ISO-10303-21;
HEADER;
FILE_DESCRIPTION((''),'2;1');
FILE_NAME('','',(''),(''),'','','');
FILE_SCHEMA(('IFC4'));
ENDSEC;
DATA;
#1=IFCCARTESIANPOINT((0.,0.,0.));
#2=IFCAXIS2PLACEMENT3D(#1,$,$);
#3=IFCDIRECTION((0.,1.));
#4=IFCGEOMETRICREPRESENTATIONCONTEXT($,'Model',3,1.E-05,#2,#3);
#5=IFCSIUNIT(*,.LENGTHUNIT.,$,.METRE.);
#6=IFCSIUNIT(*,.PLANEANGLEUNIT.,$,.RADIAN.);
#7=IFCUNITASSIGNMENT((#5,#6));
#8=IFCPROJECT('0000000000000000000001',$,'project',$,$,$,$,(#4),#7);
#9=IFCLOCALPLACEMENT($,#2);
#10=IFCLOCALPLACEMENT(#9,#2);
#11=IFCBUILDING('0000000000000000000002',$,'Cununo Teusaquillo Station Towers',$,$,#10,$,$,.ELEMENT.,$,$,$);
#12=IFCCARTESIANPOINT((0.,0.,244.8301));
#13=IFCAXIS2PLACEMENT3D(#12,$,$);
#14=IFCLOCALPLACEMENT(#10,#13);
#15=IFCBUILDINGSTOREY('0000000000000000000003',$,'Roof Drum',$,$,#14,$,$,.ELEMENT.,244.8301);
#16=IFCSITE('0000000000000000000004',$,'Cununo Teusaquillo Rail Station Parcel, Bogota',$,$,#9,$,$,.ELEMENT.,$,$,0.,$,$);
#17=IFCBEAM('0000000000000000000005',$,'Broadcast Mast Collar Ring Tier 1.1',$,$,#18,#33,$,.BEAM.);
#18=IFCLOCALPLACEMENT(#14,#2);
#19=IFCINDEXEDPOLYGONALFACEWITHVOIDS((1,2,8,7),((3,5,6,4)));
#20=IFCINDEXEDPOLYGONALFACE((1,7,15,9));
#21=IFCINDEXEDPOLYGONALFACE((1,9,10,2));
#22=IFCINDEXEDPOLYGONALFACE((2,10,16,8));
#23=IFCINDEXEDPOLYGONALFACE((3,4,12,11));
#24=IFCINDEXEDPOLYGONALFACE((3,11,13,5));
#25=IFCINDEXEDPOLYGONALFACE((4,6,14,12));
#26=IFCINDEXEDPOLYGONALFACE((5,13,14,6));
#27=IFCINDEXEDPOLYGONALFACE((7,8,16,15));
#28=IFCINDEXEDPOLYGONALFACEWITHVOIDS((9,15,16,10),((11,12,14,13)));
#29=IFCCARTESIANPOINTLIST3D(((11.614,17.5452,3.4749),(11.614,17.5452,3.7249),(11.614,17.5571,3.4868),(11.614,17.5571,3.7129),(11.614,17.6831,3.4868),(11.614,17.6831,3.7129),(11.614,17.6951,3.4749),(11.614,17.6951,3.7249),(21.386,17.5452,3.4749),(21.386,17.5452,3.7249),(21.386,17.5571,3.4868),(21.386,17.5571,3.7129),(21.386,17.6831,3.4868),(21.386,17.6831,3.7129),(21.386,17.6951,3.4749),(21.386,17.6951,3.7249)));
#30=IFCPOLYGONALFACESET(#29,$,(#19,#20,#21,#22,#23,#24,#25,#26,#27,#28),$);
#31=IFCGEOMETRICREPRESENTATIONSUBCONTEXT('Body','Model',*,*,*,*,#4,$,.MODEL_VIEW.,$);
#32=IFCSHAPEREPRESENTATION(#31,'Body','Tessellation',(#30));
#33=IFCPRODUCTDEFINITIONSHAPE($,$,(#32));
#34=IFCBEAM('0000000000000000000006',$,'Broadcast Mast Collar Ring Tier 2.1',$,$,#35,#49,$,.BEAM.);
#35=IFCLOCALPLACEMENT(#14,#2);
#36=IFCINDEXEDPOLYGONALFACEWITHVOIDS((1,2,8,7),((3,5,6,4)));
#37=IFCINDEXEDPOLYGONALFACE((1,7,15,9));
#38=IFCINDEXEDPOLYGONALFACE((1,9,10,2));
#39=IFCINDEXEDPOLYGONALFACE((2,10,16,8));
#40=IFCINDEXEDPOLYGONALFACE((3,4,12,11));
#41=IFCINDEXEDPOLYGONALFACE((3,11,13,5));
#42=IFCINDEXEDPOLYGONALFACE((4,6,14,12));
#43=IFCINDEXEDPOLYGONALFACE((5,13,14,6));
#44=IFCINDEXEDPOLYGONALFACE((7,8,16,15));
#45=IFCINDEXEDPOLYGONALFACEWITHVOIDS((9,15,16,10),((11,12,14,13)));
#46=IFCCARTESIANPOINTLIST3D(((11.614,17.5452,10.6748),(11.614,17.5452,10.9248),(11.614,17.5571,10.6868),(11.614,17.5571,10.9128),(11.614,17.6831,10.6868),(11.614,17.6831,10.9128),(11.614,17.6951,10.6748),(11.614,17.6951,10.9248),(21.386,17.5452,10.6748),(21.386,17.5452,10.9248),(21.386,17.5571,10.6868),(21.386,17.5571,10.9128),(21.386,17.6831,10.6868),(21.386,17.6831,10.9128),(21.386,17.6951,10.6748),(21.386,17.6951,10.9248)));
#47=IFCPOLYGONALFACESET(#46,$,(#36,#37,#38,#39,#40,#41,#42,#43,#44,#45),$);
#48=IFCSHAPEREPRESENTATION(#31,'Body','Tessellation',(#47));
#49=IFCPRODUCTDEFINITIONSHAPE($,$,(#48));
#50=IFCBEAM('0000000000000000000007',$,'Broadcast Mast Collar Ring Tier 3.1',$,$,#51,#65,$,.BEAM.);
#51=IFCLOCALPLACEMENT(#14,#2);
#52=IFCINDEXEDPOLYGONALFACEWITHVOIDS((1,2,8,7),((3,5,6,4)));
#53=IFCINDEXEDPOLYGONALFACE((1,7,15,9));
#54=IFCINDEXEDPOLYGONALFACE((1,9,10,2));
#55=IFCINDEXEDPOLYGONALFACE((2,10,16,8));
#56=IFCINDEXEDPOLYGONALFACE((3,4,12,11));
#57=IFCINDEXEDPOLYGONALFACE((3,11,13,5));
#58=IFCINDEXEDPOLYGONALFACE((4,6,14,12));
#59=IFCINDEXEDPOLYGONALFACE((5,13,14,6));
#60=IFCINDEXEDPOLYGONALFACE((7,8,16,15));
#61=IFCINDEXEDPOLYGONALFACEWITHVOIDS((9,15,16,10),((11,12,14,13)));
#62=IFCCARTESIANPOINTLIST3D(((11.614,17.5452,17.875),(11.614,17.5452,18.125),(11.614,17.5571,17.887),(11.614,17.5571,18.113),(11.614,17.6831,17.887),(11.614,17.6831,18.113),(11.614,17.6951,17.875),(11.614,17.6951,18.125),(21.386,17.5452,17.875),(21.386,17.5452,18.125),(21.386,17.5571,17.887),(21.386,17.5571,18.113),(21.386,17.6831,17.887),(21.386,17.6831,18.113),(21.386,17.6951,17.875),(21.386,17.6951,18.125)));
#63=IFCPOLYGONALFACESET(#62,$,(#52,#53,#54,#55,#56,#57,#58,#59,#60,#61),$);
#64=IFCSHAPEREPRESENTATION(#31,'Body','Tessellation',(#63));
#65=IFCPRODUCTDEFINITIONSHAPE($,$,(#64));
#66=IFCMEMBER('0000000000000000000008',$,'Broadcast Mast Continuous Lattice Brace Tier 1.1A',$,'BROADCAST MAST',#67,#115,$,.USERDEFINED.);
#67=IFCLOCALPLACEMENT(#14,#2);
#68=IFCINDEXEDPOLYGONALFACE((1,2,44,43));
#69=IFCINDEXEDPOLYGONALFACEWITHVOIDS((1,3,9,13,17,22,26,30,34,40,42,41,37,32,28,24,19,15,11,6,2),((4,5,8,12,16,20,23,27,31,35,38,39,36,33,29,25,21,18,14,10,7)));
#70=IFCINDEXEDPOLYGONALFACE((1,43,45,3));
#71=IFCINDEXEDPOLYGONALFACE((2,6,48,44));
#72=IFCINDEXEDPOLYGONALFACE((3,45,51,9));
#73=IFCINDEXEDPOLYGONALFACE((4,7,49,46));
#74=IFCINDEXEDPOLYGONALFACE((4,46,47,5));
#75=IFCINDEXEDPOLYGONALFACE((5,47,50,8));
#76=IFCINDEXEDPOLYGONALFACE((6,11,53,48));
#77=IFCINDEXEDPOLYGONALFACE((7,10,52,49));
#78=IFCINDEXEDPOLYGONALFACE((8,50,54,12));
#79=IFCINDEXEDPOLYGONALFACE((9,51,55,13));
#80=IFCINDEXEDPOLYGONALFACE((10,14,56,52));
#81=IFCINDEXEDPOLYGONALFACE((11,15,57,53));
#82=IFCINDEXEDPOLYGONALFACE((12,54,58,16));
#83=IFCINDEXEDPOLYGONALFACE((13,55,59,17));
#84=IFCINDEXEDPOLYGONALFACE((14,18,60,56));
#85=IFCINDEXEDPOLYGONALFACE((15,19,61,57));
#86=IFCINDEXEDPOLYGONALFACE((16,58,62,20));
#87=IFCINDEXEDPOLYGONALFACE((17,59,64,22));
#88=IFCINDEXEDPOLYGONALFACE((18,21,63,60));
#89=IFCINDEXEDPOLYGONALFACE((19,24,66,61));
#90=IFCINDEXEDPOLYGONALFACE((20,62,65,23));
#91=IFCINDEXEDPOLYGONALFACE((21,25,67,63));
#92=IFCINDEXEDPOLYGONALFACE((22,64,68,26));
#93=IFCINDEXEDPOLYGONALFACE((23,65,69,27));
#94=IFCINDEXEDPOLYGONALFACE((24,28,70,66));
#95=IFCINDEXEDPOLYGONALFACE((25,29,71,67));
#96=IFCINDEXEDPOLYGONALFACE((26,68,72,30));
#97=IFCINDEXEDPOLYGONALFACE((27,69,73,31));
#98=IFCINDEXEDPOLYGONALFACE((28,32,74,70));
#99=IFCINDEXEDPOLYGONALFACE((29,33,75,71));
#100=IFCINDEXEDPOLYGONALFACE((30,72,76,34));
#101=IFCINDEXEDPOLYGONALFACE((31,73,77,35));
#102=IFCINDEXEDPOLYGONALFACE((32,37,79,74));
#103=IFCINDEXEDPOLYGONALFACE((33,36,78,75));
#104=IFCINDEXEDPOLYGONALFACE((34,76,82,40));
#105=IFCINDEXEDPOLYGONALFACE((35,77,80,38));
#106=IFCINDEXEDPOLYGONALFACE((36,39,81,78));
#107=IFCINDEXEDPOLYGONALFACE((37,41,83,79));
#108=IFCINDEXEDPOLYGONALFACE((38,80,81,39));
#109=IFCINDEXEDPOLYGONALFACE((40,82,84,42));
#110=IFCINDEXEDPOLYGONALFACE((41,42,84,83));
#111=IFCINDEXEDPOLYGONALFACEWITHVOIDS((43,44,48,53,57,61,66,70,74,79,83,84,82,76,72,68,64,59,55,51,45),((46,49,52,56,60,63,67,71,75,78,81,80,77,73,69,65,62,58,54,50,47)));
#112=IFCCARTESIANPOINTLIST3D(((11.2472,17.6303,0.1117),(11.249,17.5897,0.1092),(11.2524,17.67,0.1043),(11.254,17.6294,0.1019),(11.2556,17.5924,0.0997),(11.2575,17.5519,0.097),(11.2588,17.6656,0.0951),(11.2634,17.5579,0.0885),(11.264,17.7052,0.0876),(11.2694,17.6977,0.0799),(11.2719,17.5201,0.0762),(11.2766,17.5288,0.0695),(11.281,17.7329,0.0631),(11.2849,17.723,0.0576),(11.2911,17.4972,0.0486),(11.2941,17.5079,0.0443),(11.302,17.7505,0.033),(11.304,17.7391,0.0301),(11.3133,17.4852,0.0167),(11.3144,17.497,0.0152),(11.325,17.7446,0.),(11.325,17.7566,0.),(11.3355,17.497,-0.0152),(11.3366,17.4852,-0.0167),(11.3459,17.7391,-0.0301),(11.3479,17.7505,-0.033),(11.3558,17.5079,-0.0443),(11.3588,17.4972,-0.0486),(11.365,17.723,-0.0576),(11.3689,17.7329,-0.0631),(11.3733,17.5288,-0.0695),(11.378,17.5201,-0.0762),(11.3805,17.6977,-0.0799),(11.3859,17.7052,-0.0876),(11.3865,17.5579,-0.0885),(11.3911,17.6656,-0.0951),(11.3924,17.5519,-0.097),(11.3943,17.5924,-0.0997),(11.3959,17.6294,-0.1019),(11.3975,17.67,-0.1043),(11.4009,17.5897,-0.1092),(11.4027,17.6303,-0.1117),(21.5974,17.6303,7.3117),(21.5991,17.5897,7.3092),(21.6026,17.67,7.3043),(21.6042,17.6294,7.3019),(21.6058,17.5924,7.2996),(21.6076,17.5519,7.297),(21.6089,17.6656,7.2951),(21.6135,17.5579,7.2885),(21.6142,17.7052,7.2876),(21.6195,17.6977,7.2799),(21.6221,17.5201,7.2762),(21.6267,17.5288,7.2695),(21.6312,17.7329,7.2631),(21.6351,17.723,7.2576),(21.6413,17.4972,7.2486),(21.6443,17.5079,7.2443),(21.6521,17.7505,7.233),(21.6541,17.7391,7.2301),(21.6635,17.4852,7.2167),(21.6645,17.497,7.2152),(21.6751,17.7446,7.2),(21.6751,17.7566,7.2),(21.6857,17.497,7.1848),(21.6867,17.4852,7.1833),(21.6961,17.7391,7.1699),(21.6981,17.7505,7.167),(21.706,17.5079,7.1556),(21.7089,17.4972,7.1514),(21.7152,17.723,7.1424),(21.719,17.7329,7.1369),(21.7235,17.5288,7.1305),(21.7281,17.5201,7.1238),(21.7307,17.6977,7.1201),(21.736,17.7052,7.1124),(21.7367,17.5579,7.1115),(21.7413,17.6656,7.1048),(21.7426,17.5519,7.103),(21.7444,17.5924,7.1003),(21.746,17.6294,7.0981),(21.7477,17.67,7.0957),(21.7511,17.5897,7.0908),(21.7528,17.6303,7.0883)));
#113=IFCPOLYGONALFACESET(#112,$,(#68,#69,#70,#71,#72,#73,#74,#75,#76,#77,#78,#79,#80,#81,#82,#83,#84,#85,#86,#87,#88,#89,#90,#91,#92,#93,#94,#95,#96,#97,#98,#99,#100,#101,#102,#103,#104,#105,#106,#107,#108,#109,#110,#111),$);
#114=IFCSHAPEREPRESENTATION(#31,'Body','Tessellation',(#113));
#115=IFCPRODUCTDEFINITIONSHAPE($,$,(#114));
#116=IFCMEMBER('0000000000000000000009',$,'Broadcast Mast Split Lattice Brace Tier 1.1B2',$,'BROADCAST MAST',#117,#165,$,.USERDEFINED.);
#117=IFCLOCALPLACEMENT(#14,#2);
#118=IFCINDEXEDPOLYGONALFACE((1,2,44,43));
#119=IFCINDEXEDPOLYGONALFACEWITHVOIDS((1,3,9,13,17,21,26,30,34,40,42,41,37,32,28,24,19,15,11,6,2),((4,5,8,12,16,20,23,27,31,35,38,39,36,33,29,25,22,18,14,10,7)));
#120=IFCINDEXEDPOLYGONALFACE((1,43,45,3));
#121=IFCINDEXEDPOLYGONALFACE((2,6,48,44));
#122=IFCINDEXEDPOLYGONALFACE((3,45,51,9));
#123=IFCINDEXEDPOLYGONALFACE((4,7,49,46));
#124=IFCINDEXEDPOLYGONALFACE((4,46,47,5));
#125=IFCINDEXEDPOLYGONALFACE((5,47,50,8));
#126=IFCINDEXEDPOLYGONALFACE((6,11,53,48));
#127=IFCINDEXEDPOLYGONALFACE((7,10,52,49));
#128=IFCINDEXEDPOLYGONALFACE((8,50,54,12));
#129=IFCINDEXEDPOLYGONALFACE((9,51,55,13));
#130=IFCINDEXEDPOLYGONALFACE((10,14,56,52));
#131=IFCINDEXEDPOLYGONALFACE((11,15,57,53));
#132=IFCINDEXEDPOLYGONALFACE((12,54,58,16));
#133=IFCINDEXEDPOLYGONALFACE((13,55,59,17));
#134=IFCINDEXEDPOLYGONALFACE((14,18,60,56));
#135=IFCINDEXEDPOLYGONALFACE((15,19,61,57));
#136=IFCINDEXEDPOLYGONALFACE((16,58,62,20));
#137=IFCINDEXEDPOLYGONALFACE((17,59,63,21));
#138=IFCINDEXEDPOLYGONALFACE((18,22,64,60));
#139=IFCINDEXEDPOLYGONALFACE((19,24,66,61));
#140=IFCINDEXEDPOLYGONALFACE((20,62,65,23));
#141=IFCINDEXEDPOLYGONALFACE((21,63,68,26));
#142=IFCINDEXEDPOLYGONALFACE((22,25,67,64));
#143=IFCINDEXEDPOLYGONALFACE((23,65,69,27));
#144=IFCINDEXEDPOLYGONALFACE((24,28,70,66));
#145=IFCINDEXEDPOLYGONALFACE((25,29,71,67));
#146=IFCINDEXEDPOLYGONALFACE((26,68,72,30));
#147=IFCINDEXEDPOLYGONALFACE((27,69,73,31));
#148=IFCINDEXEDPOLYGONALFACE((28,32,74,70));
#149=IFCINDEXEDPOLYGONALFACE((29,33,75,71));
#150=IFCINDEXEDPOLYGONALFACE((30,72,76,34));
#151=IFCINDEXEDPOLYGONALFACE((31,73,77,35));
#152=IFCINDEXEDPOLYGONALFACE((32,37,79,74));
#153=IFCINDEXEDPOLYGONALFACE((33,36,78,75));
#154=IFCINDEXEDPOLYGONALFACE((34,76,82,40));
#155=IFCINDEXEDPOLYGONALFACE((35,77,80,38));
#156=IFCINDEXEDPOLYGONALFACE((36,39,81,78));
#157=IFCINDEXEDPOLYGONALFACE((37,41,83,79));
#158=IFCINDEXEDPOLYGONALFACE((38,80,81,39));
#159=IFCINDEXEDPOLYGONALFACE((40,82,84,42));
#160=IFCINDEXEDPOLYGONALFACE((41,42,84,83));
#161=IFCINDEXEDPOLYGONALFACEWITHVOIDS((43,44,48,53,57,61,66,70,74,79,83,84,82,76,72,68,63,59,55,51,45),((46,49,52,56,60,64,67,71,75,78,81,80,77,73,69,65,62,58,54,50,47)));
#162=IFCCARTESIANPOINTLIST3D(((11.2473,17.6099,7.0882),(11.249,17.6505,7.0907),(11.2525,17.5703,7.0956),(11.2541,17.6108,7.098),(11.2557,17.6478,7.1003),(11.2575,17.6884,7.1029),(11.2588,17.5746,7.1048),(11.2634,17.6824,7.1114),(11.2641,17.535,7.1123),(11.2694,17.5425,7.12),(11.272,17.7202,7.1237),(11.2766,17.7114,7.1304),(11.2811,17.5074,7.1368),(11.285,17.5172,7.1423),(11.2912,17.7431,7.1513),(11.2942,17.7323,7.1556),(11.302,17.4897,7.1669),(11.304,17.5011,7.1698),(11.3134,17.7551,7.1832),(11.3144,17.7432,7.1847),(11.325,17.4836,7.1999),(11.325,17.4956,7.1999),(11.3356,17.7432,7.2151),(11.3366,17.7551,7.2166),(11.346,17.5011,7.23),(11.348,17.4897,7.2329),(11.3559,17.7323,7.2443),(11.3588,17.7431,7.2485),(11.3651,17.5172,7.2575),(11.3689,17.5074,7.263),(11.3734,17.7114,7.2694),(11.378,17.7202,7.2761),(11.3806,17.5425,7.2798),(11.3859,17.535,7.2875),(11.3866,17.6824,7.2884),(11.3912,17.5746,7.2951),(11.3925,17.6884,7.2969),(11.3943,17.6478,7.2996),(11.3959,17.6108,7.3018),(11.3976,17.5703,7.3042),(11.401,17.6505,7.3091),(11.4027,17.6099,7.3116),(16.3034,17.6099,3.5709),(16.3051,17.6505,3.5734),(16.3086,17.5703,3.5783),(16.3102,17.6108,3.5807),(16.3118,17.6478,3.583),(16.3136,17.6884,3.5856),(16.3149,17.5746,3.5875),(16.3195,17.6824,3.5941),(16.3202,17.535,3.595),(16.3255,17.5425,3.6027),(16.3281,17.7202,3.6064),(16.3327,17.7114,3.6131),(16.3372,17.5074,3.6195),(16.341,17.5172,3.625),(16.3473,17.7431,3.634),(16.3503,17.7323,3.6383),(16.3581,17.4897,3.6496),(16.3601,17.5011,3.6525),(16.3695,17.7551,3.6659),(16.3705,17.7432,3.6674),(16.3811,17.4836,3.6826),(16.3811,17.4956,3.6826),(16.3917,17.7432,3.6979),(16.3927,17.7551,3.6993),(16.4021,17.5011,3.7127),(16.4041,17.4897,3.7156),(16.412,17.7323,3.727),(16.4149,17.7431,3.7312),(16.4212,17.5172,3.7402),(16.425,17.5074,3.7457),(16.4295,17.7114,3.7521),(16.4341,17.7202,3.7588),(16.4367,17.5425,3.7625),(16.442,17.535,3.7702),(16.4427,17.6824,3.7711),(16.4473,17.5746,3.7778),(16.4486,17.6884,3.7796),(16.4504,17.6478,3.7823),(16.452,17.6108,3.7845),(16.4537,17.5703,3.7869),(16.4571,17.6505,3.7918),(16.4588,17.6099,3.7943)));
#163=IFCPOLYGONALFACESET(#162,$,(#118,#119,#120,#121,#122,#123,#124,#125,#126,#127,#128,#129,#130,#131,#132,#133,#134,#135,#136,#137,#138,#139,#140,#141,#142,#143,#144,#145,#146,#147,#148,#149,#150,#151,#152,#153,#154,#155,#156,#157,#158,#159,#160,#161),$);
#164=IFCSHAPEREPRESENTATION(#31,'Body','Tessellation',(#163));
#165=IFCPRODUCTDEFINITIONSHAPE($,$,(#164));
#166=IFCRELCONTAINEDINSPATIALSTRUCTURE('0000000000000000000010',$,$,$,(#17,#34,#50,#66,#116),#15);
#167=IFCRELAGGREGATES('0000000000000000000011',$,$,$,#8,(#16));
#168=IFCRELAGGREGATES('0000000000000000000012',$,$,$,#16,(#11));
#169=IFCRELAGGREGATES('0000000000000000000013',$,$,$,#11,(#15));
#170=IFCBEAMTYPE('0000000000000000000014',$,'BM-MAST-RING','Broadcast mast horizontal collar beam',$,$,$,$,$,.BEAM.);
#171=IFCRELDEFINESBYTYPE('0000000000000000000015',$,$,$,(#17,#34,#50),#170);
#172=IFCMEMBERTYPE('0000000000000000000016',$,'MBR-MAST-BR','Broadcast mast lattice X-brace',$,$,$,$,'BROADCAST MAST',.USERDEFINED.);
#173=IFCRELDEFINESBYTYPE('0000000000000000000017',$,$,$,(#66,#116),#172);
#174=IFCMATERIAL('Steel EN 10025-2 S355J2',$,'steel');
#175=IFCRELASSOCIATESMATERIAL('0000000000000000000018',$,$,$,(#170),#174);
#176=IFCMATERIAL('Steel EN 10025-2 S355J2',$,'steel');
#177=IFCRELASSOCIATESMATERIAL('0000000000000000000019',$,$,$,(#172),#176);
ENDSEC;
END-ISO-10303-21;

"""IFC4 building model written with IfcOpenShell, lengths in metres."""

from ifc_helpers import new_model, si_unit, direction, frame, origin, origin_2d, place, context, subcontext, project, spatial, hollow_rectangle, hollow_circle, extrude, material, material_profile, profile_set, type_object, element, save


model = new_model("IFC4")

# Units and contexts
model_context = context("Model", 3, precision=1e-05, world=origin(), true_north=direction((0.0, 1.0)))
body_context = subcontext(model_context, "Body", "Model", "MODEL_VIEW")
ifc_project = project(units=[si_unit("LENGTHUNIT", "METRE"), si_unit("PLANEANGLEUNIT", "RADIAN")], contexts=[model_context])

# Site, building, storey
site_placement = place(None, origin())
site = spatial("IfcSite", under=ifc_project, at=site_placement, Name="Cununo Teusaquillo Rail Station Parcel, Bogota", CompositionType="ELEMENT", RefElevation=0.0)
building_placement = place(site_placement, origin())
building = spatial("IfcBuilding", under=site, at=building_placement, Name="Cununo Teusaquillo Station Towers", CompositionType="ELEMENT")
storey_placement = place(building_placement, frame((0.0, 0.0, 244.8301)))
storey = spatial("IfcBuildingStorey", under=building, at=storey_placement, Name="Roof Drum", CompositionType="ELEMENT", Elevation=244.8301)

# Beams
ifc_material_1 = material(Name="Steel EN 10025-2 S355J2", Category="steel")
ifc_material_profile_1 = material_profile(ifc_material_1, hollow_rectangle(XDim=0.1499, YDim=0.25, WallThickness=0.012, at=origin_2d()), Name="RHS 250x150x12")
ifc_profile_set_1 = profile_set([ifc_material_profile_1], Name="Steel EN 10025-2 S355J2")
beam_type = type_object("IfcBeamType", Name="BM-MAST-RING", Description="Broadcast mast horizontal collar beam", PredefinedType="BEAM", material=ifc_profile_set_1)
for number, where, z_axis, x_axis, name in (
    (1, (11.614, 17.6201, 3.5999), (1.0, 0.0, 0.0), (0.0, 1.0, 0.0), "Broadcast Mast Collar Ring Tier 1.1"),
    (2, (11.614, 17.6201, 10.7998), (1.0, 0.0, 0.0), (0.0, 1.0, 0.0), "Broadcast Mast Collar Ring Tier 2.1"),
    (3, (11.614, 17.6201, 18.0), (1.0, 0.0, 0.0), (0.0, 1.0, 0.0), "Broadcast Mast Collar Ring Tier 3.1"),
):
    element("IfcBeam", number, at=place(storey_placement, frame(where, z_axis=z_axis, x_axis=x_axis)), inside=storey, type_object=beam_type, Name=name, PredefinedType="BEAM", context=body_context, shape_type="SweptSolid", body=[
        extrude(hollow_rectangle(XDim=0.1499, YDim=0.25, WallThickness=0.012, at=origin_2d()), origin(), (0.0, 0.0, 1.0), 9.772),
    ])

# Members
ifc_material_2 = material(Name="Steel EN 10025-2 S355J2", Category="steel")
ifc_material_profile_2 = material_profile(ifc_material_2, hollow_circle(Radius=0.1365, WallThickness=0.012, at=origin_2d()), Name="CHS 273x12")
ifc_profile_set_2 = profile_set([ifc_material_profile_2], Name="Steel EN 10025-2 S355J2")
member_type = type_object("IfcMemberType", Name="MBR-MAST-BR", Description="Broadcast mast lattice X-brace", ElementType="BROADCAST MAST", PredefinedType="USERDEFINED", material=ifc_profile_set_2)
member_1_placement = place(storey_placement, frame((11.325, 17.6201, 0.0), z_axis=(0.82091, 0.0, 0.571058), x_axis=(0.0, 1.0, 0.0)))
element("IfcMember", 4, at=member_1_placement, inside=storey, type_object=member_type, Name="Broadcast Mast Continuous Lattice Brace Tier 1.1A", ObjectType="BROADCAST MAST", PredefinedType="USERDEFINED", context=body_context, shape_type="SweptSolid", body=[
    extrude(hollow_circle(Radius=0.1365, WallThickness=0.012, at=origin_2d()), origin(), (0.0, 0.0, 1.0), 12.6082),
])
member_2_placement = place(storey_placement, frame((16.3811, 17.6201, 3.6826), z_axis=(-0.820904, 0.0, 0.571066), x_axis=(0.0, -1.0, 0.0)))
element("IfcMember", 5, at=member_2_placement, inside=storey, type_object=member_type, Name="Broadcast Mast Split Lattice Brace Tier 1.1B2", ObjectType="BROADCAST MAST", PredefinedType="USERDEFINED", context=body_context, shape_type="SweptSolid", body=[
    extrude(hollow_circle(Radius=0.1365, WallThickness=0.012, at=origin_2d()), origin(), (0.0, 0.0, 1.0), 6.1592),
])

save(model, "model.ifc")
